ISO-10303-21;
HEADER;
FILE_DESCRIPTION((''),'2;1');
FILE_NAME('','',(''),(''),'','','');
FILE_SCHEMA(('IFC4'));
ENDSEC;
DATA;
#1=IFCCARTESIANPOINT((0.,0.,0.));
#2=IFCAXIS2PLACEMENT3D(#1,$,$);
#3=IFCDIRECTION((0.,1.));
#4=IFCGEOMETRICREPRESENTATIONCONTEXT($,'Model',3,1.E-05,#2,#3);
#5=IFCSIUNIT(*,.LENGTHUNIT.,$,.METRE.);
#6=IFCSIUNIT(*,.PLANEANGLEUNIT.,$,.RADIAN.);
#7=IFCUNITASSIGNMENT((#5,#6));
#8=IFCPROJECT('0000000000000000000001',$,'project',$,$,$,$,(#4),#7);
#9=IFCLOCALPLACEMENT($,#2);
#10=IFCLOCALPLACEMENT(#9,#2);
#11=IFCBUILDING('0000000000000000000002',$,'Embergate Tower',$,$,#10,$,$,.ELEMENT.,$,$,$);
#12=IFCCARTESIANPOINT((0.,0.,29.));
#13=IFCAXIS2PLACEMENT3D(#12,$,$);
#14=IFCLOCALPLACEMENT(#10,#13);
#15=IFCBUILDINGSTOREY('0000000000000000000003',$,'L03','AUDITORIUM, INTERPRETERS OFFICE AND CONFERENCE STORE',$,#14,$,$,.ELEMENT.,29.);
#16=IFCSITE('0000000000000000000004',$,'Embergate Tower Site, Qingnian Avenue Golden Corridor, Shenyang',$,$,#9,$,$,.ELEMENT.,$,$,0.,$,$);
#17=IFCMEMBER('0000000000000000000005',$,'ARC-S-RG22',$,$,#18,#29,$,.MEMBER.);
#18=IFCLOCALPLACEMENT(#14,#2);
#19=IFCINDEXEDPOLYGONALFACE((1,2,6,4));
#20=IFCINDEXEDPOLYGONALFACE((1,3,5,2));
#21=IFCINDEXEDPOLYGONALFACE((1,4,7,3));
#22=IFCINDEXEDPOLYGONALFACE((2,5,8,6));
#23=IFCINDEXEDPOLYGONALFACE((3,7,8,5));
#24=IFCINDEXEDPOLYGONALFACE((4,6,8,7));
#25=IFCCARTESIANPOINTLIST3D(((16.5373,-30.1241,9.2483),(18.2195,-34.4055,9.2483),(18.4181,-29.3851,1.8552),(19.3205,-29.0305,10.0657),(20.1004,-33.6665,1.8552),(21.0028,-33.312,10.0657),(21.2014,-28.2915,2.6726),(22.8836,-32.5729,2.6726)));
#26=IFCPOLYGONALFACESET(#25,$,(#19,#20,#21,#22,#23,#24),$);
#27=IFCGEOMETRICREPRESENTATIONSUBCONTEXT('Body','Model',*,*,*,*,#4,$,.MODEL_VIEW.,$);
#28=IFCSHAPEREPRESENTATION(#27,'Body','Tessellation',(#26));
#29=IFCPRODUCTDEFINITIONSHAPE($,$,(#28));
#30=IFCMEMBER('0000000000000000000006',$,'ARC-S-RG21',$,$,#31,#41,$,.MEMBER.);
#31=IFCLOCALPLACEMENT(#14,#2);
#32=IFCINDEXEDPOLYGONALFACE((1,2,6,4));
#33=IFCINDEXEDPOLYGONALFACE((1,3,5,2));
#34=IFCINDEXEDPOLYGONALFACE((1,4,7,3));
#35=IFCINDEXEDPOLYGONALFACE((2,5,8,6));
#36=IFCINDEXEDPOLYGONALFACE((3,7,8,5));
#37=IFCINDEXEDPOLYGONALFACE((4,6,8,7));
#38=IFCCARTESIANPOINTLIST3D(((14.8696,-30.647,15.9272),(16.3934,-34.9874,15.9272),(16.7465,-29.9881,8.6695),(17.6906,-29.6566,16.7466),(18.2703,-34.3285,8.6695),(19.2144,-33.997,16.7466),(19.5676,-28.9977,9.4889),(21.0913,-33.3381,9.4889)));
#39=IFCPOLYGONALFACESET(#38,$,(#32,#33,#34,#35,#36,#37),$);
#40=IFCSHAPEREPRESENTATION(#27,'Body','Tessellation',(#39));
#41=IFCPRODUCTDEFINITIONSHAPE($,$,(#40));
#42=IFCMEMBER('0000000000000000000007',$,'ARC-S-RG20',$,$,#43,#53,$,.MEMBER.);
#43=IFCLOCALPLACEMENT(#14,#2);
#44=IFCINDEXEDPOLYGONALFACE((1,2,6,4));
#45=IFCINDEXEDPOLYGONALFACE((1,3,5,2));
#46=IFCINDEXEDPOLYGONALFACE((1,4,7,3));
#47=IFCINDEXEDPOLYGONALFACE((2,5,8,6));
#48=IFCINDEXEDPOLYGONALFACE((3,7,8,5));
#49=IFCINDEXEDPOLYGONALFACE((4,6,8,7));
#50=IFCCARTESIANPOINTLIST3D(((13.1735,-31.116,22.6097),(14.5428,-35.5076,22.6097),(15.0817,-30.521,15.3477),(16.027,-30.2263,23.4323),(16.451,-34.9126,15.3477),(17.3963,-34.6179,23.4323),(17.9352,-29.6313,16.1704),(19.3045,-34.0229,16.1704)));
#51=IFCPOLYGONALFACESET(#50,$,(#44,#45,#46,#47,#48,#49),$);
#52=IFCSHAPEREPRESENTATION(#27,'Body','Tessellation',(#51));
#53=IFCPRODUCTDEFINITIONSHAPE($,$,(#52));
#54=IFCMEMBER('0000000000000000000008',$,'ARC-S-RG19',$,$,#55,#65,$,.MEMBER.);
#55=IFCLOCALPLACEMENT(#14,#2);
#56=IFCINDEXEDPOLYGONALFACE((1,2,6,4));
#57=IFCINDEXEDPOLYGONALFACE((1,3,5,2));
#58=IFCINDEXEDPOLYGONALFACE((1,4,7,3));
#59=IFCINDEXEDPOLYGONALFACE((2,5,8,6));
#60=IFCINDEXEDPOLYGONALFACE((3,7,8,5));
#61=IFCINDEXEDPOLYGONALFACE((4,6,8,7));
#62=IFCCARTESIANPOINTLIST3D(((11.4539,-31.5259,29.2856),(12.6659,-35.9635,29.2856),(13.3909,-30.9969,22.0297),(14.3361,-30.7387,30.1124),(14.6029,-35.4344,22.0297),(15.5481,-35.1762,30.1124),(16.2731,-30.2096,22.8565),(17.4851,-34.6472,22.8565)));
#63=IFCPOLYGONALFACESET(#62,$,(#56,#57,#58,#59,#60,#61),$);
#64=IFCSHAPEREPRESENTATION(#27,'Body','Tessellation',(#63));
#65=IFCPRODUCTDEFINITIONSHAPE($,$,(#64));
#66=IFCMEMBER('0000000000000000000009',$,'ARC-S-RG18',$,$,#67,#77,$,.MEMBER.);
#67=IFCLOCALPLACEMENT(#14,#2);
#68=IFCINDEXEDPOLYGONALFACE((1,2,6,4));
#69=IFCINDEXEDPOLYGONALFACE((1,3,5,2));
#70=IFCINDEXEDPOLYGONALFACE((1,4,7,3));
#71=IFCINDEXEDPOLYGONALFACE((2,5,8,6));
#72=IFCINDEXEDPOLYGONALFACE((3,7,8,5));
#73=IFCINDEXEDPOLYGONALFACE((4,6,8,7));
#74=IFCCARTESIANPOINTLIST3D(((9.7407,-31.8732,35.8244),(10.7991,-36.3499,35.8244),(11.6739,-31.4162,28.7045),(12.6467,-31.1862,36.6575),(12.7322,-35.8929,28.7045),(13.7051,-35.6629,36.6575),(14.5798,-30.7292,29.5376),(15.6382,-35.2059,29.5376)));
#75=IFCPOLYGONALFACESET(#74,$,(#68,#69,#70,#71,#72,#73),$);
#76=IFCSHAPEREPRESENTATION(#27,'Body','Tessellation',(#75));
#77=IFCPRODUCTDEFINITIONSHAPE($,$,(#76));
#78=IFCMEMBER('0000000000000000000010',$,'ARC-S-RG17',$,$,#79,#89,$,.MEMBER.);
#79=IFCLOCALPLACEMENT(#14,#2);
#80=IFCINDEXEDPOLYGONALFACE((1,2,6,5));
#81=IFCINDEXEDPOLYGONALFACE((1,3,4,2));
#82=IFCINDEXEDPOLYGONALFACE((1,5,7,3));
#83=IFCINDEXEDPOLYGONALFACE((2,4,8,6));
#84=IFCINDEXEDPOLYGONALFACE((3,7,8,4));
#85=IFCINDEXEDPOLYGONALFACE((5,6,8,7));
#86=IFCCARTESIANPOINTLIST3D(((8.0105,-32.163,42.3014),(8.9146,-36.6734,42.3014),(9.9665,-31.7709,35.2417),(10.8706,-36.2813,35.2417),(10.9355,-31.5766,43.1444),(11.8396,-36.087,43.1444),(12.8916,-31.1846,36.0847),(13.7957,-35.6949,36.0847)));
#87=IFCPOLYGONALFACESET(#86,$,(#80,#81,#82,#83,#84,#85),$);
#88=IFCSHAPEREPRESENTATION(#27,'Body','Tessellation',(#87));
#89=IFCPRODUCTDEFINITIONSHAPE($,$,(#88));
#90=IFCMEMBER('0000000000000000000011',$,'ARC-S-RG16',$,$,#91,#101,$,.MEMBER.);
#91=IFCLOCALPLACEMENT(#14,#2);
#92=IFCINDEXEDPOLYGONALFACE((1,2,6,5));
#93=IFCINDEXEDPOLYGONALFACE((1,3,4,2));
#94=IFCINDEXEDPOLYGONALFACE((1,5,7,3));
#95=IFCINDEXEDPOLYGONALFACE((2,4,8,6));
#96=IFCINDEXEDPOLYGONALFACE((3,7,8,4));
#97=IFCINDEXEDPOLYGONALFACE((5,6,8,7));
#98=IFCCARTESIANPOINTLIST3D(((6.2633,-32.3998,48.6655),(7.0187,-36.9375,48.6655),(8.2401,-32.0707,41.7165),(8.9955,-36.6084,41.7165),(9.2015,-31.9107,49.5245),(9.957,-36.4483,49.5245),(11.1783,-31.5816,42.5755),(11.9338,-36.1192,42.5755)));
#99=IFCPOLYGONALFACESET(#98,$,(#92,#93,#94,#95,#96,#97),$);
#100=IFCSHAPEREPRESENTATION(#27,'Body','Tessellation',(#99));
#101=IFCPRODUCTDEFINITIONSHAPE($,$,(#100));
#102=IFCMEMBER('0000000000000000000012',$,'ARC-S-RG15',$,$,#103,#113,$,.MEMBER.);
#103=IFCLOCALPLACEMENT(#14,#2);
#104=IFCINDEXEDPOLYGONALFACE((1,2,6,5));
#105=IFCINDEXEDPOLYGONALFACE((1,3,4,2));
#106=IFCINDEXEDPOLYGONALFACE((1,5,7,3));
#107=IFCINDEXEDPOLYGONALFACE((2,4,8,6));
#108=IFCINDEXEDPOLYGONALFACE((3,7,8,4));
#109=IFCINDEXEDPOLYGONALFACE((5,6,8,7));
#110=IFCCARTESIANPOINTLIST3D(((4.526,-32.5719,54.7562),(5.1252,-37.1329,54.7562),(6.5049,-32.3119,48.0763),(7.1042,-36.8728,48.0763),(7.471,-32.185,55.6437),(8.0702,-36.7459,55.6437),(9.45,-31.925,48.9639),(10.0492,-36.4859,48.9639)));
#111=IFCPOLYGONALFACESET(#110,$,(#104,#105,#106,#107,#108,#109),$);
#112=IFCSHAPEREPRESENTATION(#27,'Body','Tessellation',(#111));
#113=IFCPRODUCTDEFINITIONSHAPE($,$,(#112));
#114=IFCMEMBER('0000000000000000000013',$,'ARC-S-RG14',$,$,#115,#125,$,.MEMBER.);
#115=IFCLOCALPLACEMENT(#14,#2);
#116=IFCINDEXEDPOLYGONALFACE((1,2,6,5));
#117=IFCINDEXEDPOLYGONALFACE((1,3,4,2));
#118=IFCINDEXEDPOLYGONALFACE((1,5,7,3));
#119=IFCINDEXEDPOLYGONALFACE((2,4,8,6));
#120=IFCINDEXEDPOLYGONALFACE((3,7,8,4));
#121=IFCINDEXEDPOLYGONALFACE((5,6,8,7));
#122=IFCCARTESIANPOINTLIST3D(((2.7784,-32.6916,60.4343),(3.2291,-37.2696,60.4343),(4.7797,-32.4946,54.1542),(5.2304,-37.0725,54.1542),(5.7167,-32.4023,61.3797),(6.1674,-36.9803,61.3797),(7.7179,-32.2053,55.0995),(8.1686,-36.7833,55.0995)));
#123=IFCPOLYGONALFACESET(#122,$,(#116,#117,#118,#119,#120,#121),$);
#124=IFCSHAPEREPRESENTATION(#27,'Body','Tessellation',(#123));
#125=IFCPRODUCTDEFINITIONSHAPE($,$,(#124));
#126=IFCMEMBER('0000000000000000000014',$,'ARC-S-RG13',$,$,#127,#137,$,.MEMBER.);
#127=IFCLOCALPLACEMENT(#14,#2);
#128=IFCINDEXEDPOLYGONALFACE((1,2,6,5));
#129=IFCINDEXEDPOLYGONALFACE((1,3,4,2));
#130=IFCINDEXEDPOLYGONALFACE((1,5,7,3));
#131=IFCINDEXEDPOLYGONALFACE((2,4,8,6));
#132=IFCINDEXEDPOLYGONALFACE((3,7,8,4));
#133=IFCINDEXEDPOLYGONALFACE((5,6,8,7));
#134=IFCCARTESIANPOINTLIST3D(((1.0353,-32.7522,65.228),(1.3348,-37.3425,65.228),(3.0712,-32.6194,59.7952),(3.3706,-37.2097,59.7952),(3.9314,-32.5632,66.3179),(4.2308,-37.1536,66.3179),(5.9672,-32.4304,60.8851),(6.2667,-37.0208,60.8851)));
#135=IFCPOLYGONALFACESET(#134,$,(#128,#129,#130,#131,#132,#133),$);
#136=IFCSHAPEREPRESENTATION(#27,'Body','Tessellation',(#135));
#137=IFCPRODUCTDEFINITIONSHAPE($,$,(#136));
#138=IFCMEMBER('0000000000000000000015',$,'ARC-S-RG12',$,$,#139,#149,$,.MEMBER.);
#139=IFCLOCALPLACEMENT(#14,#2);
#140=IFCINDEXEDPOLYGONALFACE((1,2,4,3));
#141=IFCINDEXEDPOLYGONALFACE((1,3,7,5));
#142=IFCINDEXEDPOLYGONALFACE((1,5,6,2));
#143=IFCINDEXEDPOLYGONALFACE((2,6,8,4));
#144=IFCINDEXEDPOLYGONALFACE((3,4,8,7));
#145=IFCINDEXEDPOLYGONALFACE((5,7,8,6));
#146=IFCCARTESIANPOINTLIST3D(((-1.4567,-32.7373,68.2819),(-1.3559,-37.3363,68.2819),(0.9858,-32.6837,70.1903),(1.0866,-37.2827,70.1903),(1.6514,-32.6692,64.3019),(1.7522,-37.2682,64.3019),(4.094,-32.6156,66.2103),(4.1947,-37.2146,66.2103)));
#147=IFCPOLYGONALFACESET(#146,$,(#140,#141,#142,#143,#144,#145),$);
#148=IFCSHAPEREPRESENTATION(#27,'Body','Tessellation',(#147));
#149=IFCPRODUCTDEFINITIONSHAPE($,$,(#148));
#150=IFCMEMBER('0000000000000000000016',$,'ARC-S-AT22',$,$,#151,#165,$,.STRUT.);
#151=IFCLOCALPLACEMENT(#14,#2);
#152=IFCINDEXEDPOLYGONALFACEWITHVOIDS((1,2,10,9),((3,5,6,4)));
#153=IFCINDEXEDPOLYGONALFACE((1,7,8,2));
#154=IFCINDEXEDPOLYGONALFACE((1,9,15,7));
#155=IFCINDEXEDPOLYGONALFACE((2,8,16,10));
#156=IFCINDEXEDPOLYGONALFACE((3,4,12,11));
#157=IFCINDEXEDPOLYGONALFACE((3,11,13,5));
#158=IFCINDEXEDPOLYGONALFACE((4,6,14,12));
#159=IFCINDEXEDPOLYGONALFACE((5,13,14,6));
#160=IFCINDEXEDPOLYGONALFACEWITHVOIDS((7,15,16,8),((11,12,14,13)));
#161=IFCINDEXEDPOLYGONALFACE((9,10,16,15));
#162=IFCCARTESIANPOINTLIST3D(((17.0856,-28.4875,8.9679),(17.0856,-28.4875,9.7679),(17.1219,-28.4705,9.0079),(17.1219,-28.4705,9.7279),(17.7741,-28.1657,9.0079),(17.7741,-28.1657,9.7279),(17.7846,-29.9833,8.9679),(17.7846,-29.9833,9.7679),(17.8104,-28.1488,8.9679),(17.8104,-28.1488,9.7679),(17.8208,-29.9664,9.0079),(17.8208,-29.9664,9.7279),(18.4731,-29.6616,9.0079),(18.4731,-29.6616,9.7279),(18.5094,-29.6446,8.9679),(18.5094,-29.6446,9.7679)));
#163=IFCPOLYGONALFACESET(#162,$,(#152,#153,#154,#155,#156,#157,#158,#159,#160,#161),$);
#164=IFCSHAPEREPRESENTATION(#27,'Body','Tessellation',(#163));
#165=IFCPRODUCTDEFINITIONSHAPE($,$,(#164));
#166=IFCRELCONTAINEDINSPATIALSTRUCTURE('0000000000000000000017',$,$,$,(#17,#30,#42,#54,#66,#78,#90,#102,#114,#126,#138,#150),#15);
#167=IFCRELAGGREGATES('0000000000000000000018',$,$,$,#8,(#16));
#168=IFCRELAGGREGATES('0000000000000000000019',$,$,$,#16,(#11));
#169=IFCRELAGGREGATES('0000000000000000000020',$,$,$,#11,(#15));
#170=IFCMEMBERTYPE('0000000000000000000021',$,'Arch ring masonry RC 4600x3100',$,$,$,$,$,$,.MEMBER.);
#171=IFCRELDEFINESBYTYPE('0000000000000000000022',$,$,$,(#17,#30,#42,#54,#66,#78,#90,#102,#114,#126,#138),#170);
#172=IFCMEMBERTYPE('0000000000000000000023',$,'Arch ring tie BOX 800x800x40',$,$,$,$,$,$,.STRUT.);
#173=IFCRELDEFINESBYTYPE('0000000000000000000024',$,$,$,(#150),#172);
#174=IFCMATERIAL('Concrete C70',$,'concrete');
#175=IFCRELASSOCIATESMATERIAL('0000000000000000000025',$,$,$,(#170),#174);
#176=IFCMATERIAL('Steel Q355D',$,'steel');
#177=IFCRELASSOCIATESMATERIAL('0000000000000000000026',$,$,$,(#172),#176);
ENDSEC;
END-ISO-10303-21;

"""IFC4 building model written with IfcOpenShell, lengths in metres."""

from ifc_helpers import new_model, si_unit, direction, frame, origin, origin_2d, place, context, subcontext, project, spatial, rectangle, hollow_rectangle, extrude, source, transform, mapped, material, material_profile, profile_set, type_object, element, save


model = new_model("IFC4")

# Units and contexts
model_context = context("Model", 3, precision=1e-05, world=origin(), true_north=direction((0.0, 1.0)))
body_context = subcontext(model_context, "Body", "Model", "MODEL_VIEW")
ifc_project = project(units=[si_unit("LENGTHUNIT", "METRE"), si_unit("PLANEANGLEUNIT", "RADIAN")], contexts=[model_context])

# Site, building, storey
site_placement = place(None, origin())
site = spatial("IfcSite", under=ifc_project, at=site_placement, Name="Embergate Tower Site, Qingnian Avenue Golden Corridor, Shenyang", CompositionType="ELEMENT", RefElevation=0.0)
building_placement = place(site_placement, origin())
building = spatial("IfcBuilding", under=site, at=building_placement, Name="Embergate Tower", CompositionType="ELEMENT")
storey_placement = place(building_placement, frame((0.0, 0.0, 29.0)))
storey = spatial("IfcBuildingStorey", under=building, at=storey_placement, Name="L03", Description="AUDITORIUM, INTERPRETERS OFFICE AND CONFERENCE STORE", CompositionType="ELEMENT", Elevation=29.0)

# Members
ifc_material_1 = material(Name="Concrete C70", Category="concrete")
ifc_material_profile_1 = material_profile(ifc_material_1, rectangle(XDim=4.6001, YDim=3.1001, at=origin_2d()), Name="RC 4600x3100")
ifc_profile_set_1 = profile_set([ifc_material_profile_1], Name="Concrete C70")
member_type_1 = type_object("IfcMemberType", Name="Arch ring masonry RC 4600x3100", PredefinedType="MEMBER", material=ifc_profile_set_1)
shared_shape_1 = source(origin(), body_context, "Body", "SweptSolid", [
    extrude(rectangle(XDim=4.6001, YDim=3.1001, at=origin_2d()), origin(), (0.0, 0.0, 1.0), 7.6643),
])
member_1_placement = place(storey_placement, frame((18.77, -31.718, 9.657), z_axis=(0.245406, 0.096423, -0.964613), x_axis=(-0.365697, 0.930734, 0.0)))
element("IfcMember", 1, at=member_1_placement, inside=storey, type_object=member_type_1, Name="ARC-S-RG22", PredefinedType="MEMBER", context=body_context, shape_type="MappedRepresentation", body=[
    mapped(shared_shape_1, transform((0.0, 0.0, 0.0))),
])
shared_shape_2 = source(origin(), body_context, "Body", "SweptSolid", [
    extrude(rectangle(XDim=4.6001, YDim=3.1001, at=origin_2d()), origin(), (0.0, 0.0, 1.0), 7.5254),
])
member_2_placement = place(storey_placement, frame((17.042, -32.322, 16.3369), z_axis=(0.249413, 0.08756, -0.964431), x_axis=(-0.331247, 0.943544, 0.0)))
element("IfcMember", 2, at=member_2_placement, inside=storey, type_object=member_type_1, Name="ARC-S-RG21", PredefinedType="MEMBER", context=body_context, shape_type="MappedRepresentation", body=[
    mapped(shared_shape_2, transform((0.0, 0.0, 0.0))),
])
shared_shape_3 = source(origin(), body_context, "Body", "SweptSolid", [
    extrude(rectangle(XDim=4.6001, YDim=3.1001, at=origin_2d()), origin(), (0.0, 0.0, 1.0), 7.532),
])
member_3_placement = place(storey_placement, frame((15.2849, -32.8669, 23.021), z_axis=(0.253345, 0.078992, -0.964145), x_axis=(-0.297663, 0.954671, 0.0)))
element("IfcMember", 3, at=member_3_placement, inside=storey, type_object=member_type_1, Name="ARC-S-RG20", PredefinedType="MEMBER", context=body_context, shape_type="MappedRepresentation", body=[
    mapped(shared_shape_3, transform((0.0, 0.0, 0.0))),
])
shared_shape_4 = source(origin(), body_context, "Body", "SweptSolid", [
    extrude(rectangle(XDim=4.6001, YDim=3.1001, at=origin_2d()), origin(), (0.0, 0.0, 1.0), 7.5286),
])
member_4_placement = place(storey_placement, frame((13.501, -33.3511, 29.699), z_axis=(0.257288, 0.070273, -0.963776), x_axis=(-0.263477, 0.964666, 0.0)))
element("IfcMember", 4, at=member_4_placement, inside=storey, type_object=member_type_1, Name="ARC-S-RG19", PredefinedType="MEMBER", context=body_context, shape_type="MappedRepresentation", body=[
    mapped(shared_shape_4, transform((0.0, 0.0, 0.0))),
])
shared_shape_5 = source(origin(), body_context, "Body", "SweptSolid", [
    extrude(rectangle(XDim=4.6001, YDim=3.1001, at=origin_2d()), origin(), (0.0, 0.0, 1.0), 7.3918),
])
member_5_placement = place(storey_placement, frame((11.7229, -33.7681, 36.241), z_axis=(0.261521, 0.06183, -0.963215), x_axis=(-0.23008, 0.973172, 0.0)))
element("IfcMember", 5, at=member_5_placement, inside=storey, type_object=member_type_1, Name="ARC-S-RG18", PredefinedType="MEMBER", context=body_context, shape_type="MappedRepresentation", body=[
    mapped(shared_shape_5, transform((0.0, 0.0, 0.0))),
])
shared_shape_6 = source(origin(), body_context, "Body", "SweptSolid", [
    extrude(rectangle(XDim=4.6001, YDim=3.1001, at=origin_2d()), origin(), (0.0, 0.0, 1.0), 7.3362),
])
member_6_placement = place(storey_placement, frame((9.925, -34.125, 42.7229), z_axis=(0.266628, 0.053445, -0.962317), x_axis=(-0.19654, 0.980496, 0.0)))
element("IfcMember", 6, at=member_6_placement, inside=storey, type_object=member_type_1, Name="ARC-S-RG17", PredefinedType="MEMBER", context=body_context, shape_type="MappedRepresentation", body=[
    mapped(shared_shape_6, transform((0.0, 0.0, 0.0))),
])
shared_shape_7 = source(origin(), body_context, "Body", "SweptSolid", [
    extrude(rectangle(XDim=4.6001, YDim=3.1001, at=origin_2d()), origin(), (0.0, 0.0, 1.0), 7.2322),
])
member_7_placement = place(storey_placement, frame((8.1101, -34.4241, 49.095), z_axis=(0.273335, 0.045505, -0.960842), x_axis=(-0.164221, 0.986424, 0.0)))
element("IfcMember", 7, at=member_7_placement, inside=storey, type_object=member_type_1, Name="ARC-S-RG16", PredefinedType="MEMBER", context=body_context, shape_type="MappedRepresentation", body=[
    mapped(shared_shape_7, transform((0.0, 0.0, 0.0))),
])
shared_shape_8 = source(origin(), body_context, "Body", "SweptSolid", [
    extrude(rectangle(XDim=4.6001, YDim=3.1001, at=origin_2d()), origin(), (0.0, 0.0, 1.0), 6.9717),
])
member_8_placement = place(storey_placement, frame((6.2981, -34.6589, 55.2), z_axis=(0.28386, 0.037295, -0.95814), x_axis=(-0.130265, 0.991479, 0.0)))
element("IfcMember", 8, at=member_8_placement, inside=storey, type_object=member_type_1, Name="ARC-S-RG15", PredefinedType="MEMBER", context=body_context, shape_type="MappedRepresentation", body=[
    mapped(shared_shape_8, transform((0.0, 0.0, 0.0))),
])
shared_shape_9 = source(origin(), body_context, "Body", "SweptSolid", [
    extrude(rectangle(XDim=4.6001, YDim=3.1001, at=origin_2d()), origin(), (0.0, 0.0, 1.0), 6.5942),
])
member_9_placement = place(storey_placement, frame((4.4729, -34.8359, 60.907), z_axis=(0.303485, 0.029878, -0.952368), x_axis=(-0.097977, 0.995189, 0.0)))
element("IfcMember", 9, at=member_9_placement, inside=storey, type_object=member_type_1, Name="ARC-S-RG14", PredefinedType="MEMBER", context=body_context, shape_type="MappedRepresentation", body=[
    mapped(shared_shape_9, transform((0.0, 0.0, 0.0))),
])
shared_shape_10 = source(origin(), body_context, "Body", "SweptSolid", [
    extrude(rectangle(XDim=4.6001, YDim=3.1001, at=origin_2d()), origin(), (0.0, 0.0, 1.0), 5.8032),
])
member_10_placement = place(storey_placement, frame((2.6331, -34.9529, 65.7729), z_axis=(0.350815, 0.022886, -0.936165), x_axis=(-0.065097, 0.997879, 0.0)))
element("IfcMember", 10, at=member_10_placement, inside=storey, type_object=member_type_1, Name="ARC-S-RG13", PredefinedType="MEMBER", context=body_context, shape_type="MappedRepresentation", body=[
    mapped(shared_shape_10, transform((0.0, 0.0, 0.0))),
])
shared_shape_11 = source(origin(), body_context, "Body", "SweptSolid", [
    extrude(rectangle(XDim=4.6001, YDim=3.1001, at=origin_2d()), origin(), (0.0, 0.0, 1.0), 5.0503),
])
member_11_placement = place(storey_placement, frame((-0.1851, -35.01, 69.2361), z_axis=(0.61544, 0.013487, -0.788068), x_axis=(-0.02191, 0.99976, 0.0)))
element("IfcMember", 11, at=member_11_placement, inside=storey, type_object=member_type_1, Name="ARC-S-RG12", PredefinedType="MEMBER", context=body_context, shape_type="MappedRepresentation", body=[
    mapped(shared_shape_11, transform((0.0, 0.0, 0.0))),
])
ifc_material_2 = material(Name="Steel Q355D", Category="steel")
ifc_material_profile_2 = material_profile(ifc_material_2, hollow_rectangle(XDim=0.8, YDim=0.8, WallThickness=0.04, at=origin_2d()), Name="BOX 800x800x40")
ifc_profile_set_2 = profile_set([ifc_material_profile_2], Name="Steel Q355 grade D")
member_type_2 = type_object("IfcMemberType", Name="Arch ring tie BOX 800x800x40", PredefinedType="STRUT", material=ifc_profile_set_2)
shared_shape_12 = source(origin(), body_context, "Body", "SweptSolid", [
    extrude(hollow_rectangle(XDim=0.8, YDim=0.8, WallThickness=0.04, at=origin_2d()), origin(), (0.0, 0.0, 1.0), 1.6511),
])
member_12_placement = place(storey_placement, frame((17.448, -28.3181, 9.3679), z_axis=(0.423339, -0.905971, 0.0), x_axis=(0.905971, 0.423339, 0.0)))
element("IfcMember", 12, at=member_12_placement, inside=storey, type_object=member_type_2, Name="ARC-S-AT22", PredefinedType="STRUT", context=body_context, shape_type="MappedRepresentation", body=[
    mapped(shared_shape_12, transform((0.0, 0.0, 0.0))),
])

save(model, "model.ifc")
